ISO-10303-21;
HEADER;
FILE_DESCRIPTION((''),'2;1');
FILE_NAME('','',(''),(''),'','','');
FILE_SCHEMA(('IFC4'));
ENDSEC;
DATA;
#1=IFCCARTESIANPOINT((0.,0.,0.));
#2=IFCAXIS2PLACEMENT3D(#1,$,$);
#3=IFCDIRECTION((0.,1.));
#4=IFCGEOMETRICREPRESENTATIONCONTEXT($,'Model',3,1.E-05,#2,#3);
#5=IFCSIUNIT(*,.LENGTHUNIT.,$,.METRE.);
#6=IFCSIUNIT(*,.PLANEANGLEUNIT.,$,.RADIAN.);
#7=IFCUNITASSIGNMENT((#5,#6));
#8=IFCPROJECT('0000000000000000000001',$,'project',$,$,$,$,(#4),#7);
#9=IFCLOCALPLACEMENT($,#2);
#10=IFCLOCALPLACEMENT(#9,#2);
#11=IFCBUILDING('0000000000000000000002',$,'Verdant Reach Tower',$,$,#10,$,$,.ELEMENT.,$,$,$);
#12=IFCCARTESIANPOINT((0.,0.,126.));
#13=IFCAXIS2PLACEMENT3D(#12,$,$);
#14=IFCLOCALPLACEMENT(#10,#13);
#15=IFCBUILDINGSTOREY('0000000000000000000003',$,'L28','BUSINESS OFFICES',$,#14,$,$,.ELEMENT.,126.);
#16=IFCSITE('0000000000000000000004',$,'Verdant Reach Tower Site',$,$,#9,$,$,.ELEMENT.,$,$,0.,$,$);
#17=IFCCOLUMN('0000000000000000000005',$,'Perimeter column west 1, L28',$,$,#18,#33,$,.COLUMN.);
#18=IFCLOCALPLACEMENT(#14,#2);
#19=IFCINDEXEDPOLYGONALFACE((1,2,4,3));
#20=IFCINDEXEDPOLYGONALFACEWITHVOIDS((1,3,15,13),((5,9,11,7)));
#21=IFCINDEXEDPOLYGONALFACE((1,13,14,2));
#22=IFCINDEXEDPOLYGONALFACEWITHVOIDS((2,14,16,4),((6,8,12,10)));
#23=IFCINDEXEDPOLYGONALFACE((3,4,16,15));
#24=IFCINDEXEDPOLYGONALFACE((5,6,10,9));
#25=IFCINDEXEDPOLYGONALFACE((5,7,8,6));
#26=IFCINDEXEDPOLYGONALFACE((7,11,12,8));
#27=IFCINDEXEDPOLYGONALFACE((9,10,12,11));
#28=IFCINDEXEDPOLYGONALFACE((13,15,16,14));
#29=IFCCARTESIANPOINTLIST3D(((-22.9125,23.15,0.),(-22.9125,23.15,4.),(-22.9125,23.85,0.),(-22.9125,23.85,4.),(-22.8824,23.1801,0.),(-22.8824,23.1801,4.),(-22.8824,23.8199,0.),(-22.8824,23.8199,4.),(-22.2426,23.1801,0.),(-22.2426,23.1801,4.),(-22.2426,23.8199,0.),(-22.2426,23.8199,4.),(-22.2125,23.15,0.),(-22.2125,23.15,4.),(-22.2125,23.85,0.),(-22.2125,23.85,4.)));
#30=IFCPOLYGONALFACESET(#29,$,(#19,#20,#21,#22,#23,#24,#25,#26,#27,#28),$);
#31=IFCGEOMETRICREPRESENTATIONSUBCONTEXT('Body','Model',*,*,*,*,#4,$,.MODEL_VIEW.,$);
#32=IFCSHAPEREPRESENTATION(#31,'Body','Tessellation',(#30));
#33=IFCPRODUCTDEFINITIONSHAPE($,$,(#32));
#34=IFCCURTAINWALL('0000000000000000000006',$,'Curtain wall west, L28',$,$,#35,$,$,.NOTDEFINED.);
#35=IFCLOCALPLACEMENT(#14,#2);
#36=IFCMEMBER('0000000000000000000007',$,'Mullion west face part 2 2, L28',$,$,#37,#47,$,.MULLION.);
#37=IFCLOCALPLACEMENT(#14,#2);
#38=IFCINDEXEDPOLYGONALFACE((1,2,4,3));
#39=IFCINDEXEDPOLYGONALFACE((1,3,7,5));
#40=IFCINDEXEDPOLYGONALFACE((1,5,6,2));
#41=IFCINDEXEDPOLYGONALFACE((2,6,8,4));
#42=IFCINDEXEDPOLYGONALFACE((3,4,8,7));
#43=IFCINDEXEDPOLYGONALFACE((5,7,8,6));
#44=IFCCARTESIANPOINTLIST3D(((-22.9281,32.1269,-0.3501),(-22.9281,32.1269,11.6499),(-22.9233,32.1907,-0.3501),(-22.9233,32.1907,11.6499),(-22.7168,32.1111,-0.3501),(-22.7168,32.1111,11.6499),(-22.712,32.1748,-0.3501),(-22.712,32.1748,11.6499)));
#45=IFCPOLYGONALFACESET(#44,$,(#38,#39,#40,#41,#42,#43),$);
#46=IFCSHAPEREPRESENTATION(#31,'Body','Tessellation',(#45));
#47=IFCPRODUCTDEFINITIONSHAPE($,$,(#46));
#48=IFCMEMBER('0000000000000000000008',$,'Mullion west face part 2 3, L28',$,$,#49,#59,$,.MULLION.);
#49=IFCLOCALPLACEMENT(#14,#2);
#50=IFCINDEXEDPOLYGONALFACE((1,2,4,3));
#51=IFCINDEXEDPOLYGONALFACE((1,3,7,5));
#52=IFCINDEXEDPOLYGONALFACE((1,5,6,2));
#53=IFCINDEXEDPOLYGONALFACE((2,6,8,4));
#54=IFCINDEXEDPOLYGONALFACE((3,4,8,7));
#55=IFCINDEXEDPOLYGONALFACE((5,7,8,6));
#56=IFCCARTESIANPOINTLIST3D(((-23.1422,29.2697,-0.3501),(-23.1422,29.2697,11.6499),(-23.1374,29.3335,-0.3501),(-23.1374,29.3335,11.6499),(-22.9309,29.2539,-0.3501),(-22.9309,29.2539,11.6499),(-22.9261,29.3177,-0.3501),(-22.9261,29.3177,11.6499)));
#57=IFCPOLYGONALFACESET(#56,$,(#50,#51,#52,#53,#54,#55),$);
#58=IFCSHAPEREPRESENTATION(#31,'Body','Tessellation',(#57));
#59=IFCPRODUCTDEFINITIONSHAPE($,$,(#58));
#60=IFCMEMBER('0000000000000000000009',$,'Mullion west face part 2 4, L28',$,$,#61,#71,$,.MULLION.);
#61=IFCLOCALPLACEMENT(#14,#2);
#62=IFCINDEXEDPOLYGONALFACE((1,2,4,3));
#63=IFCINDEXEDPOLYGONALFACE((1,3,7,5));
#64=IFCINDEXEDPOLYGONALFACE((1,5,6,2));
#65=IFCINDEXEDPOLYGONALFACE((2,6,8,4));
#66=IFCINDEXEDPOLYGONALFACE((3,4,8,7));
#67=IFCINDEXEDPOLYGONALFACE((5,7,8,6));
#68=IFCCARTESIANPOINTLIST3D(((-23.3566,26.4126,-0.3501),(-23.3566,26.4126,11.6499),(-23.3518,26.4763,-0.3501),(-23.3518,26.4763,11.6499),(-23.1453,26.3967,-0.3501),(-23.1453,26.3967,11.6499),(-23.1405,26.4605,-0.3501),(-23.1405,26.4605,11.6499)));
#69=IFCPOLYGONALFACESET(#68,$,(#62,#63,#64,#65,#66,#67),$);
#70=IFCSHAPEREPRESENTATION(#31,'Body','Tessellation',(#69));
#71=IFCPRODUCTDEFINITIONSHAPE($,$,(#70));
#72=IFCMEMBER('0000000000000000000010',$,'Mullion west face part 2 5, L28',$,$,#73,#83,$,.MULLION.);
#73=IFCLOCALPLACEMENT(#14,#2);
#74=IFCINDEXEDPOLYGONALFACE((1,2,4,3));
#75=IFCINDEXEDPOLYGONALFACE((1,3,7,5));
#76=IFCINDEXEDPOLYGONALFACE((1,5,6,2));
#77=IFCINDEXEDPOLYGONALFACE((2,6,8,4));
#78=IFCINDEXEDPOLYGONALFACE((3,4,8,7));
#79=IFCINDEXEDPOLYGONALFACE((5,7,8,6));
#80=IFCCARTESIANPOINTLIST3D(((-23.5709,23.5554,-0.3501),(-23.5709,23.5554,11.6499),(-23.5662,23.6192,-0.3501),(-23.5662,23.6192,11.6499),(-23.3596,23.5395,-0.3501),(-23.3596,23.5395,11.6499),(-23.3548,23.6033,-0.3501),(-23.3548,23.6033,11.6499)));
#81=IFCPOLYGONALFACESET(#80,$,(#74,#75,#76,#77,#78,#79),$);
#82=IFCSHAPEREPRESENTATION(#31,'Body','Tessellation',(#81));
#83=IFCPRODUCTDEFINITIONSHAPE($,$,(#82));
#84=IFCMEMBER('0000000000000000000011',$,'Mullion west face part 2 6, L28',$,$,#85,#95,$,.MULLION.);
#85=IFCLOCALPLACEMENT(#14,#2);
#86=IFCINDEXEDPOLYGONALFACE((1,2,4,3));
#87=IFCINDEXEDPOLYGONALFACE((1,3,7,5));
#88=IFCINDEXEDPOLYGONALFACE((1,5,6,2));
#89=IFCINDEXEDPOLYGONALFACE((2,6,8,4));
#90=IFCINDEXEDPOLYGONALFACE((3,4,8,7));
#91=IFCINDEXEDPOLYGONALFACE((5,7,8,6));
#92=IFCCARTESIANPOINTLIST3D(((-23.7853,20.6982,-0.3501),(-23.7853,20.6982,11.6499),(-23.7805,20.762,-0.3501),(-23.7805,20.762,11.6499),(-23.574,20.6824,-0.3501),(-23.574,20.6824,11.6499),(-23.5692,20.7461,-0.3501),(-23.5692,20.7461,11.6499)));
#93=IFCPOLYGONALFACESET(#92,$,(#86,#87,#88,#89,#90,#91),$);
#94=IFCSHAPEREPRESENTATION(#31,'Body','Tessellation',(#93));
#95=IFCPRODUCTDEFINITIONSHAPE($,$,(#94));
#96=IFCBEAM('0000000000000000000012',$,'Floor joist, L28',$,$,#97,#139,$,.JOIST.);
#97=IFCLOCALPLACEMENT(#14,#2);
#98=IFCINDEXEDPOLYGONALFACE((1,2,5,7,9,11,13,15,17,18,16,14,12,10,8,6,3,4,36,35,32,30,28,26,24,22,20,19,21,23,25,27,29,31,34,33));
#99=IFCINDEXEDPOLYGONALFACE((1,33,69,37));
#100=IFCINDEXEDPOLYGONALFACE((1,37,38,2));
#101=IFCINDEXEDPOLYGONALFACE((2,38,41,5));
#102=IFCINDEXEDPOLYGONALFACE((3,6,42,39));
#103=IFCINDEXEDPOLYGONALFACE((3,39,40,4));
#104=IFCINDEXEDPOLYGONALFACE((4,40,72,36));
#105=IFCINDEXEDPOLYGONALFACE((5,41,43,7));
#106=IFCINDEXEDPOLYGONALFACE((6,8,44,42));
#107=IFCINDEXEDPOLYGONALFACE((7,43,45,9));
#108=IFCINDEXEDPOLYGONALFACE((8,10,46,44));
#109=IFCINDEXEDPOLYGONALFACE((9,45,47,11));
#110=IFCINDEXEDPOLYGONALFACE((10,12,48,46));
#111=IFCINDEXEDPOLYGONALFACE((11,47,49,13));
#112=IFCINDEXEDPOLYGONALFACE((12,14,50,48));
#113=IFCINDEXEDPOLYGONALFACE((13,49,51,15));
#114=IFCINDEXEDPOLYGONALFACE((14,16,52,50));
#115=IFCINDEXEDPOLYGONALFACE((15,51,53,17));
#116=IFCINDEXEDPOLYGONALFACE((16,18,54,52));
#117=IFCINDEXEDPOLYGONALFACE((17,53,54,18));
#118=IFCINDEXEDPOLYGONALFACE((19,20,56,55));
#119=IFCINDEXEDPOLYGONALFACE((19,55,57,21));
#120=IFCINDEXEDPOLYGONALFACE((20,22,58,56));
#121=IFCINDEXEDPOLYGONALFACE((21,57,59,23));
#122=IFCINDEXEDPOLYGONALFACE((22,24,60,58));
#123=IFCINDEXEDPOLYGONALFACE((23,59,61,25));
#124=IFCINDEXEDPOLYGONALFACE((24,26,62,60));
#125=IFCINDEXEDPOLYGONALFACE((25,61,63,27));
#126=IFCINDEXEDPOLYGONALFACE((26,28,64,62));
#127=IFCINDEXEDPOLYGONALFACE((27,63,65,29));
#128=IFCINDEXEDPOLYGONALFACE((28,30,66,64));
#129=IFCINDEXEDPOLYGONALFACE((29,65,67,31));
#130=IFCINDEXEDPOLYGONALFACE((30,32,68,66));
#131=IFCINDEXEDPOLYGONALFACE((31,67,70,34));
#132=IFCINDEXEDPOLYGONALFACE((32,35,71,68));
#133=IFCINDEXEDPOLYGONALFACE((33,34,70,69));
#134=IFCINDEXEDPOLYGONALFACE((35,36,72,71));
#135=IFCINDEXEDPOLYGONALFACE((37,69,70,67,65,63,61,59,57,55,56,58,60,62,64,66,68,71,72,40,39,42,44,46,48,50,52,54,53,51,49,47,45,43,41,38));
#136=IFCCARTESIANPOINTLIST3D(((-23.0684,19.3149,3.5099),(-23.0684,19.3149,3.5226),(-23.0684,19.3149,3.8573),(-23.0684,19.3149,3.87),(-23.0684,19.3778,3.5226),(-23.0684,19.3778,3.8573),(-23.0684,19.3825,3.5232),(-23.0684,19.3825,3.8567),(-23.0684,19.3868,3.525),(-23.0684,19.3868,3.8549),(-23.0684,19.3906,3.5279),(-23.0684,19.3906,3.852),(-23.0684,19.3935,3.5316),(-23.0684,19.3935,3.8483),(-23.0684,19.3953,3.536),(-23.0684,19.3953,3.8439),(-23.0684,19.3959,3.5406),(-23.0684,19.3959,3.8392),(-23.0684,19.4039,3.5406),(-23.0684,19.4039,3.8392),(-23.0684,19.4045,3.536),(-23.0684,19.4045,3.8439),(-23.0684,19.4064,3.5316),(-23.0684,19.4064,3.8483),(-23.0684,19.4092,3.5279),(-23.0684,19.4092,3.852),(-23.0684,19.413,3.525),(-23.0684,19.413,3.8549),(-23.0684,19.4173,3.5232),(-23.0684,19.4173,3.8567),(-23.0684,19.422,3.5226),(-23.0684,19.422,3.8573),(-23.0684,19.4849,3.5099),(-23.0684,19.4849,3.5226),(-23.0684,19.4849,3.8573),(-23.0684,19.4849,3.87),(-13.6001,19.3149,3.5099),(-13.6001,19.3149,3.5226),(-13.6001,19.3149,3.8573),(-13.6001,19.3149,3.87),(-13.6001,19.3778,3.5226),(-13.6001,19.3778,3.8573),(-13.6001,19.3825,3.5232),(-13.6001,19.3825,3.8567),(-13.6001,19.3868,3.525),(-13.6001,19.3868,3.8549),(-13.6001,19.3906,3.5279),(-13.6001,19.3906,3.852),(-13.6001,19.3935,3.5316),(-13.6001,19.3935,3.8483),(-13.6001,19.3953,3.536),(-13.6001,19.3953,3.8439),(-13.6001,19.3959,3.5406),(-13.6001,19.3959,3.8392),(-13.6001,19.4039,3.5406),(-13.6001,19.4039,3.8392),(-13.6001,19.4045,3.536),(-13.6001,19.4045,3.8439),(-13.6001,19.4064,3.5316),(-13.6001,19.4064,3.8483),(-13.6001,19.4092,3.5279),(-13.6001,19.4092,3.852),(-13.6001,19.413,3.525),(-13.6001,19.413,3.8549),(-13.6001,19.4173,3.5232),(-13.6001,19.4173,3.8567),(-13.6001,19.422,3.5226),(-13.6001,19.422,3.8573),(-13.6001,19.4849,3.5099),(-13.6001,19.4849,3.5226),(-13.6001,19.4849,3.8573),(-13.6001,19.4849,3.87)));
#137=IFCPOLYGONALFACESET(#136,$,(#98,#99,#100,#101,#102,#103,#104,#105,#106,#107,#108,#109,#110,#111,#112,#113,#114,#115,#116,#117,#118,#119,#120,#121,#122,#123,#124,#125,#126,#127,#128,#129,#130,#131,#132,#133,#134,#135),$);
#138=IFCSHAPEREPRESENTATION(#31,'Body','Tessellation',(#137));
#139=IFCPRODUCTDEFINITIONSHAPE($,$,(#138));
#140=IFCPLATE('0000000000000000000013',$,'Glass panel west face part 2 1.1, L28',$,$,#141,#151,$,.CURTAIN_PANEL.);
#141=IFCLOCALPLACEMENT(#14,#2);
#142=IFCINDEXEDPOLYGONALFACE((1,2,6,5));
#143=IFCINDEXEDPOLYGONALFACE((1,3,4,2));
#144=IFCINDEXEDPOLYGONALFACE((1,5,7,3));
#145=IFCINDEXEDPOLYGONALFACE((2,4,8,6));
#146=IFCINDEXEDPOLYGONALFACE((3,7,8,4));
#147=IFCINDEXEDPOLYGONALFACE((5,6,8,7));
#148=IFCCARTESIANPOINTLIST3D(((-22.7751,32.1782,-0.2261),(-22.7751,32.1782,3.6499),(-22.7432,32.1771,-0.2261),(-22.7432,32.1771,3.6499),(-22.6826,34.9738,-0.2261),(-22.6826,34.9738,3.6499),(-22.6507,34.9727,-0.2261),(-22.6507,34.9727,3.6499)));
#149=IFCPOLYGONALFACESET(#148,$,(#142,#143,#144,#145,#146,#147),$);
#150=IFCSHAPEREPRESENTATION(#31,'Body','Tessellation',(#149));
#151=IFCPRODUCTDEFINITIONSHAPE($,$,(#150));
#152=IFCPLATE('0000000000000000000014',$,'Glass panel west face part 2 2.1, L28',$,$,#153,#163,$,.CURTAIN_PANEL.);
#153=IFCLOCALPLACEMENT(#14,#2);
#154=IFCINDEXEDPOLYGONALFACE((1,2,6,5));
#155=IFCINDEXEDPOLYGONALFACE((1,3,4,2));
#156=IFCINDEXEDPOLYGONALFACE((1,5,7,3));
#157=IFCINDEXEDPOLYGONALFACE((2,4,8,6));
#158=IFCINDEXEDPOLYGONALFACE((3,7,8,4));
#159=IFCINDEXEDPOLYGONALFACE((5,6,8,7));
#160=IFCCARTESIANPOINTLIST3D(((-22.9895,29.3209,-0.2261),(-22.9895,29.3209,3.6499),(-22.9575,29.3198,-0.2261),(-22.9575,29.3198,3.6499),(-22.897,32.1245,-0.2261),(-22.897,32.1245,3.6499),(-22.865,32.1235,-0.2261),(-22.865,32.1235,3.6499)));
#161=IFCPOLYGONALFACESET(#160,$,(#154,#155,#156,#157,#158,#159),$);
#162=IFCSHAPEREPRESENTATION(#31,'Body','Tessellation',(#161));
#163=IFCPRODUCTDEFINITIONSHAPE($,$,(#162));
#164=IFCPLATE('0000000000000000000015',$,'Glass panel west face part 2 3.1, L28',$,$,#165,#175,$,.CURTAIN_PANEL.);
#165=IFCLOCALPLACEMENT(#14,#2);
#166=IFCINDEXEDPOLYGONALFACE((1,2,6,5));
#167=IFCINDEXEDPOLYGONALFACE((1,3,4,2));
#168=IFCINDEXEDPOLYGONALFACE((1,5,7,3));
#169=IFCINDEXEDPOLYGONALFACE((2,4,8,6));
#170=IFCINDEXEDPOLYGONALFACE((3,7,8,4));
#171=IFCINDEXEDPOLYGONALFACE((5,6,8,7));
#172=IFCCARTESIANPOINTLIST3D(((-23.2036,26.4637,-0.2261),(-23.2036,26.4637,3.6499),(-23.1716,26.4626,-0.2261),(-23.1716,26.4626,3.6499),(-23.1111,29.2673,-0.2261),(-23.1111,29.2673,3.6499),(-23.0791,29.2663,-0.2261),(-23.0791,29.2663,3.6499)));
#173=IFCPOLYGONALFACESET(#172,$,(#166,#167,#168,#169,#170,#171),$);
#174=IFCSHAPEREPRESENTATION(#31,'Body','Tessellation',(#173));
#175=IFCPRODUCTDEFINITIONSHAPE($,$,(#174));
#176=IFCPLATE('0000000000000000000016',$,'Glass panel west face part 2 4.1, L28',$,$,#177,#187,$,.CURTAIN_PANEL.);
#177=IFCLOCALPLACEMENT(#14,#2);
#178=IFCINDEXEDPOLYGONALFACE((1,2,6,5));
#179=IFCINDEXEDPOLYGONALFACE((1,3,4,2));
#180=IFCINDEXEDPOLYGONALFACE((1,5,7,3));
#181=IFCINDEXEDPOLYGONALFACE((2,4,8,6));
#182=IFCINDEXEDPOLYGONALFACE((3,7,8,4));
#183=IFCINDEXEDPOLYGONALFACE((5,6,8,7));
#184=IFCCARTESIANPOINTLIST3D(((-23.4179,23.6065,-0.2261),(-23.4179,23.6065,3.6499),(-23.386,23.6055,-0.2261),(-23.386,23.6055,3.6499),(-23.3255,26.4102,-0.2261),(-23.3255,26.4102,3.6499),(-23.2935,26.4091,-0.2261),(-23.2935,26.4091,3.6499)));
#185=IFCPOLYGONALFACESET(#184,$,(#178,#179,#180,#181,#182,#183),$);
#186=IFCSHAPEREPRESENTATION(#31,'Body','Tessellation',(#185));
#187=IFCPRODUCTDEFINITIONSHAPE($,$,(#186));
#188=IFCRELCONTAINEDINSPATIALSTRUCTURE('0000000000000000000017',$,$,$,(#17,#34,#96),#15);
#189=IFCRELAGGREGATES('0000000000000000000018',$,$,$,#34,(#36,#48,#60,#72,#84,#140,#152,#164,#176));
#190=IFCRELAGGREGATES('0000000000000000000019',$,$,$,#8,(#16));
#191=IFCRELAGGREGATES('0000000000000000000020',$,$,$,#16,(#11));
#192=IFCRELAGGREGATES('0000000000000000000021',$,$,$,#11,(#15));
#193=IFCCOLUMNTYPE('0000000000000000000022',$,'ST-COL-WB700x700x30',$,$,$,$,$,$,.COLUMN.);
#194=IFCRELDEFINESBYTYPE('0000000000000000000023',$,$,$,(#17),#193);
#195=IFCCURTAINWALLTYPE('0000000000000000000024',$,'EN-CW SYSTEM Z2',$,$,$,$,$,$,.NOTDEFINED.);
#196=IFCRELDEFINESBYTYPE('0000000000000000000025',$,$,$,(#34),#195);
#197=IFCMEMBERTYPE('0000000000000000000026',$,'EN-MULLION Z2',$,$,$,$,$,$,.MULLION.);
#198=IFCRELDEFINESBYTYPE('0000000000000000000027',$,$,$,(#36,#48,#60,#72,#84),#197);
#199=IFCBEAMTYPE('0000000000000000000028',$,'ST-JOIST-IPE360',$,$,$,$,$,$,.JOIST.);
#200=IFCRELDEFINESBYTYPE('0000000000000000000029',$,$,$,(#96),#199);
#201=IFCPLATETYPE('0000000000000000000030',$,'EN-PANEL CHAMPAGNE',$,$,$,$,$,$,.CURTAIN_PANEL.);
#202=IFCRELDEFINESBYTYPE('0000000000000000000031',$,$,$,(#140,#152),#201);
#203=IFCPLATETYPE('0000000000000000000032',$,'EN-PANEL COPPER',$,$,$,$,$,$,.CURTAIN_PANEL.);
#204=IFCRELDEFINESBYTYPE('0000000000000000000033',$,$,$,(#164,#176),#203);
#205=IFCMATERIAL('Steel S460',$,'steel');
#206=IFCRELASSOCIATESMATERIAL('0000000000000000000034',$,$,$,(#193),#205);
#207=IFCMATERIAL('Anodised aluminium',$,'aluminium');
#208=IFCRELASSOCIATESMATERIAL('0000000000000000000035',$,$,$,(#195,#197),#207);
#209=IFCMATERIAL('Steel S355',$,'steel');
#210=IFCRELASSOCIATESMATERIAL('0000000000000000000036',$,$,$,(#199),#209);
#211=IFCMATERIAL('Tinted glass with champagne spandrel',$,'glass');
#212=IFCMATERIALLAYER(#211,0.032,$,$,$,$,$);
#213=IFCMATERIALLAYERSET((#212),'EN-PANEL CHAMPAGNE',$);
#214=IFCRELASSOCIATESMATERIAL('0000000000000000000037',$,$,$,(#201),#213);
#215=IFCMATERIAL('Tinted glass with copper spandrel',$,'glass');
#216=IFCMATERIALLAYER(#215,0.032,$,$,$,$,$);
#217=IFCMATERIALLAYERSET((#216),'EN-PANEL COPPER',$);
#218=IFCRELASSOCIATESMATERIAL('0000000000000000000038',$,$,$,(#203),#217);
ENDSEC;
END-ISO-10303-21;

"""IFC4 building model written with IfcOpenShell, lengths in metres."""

from ifc_helpers import new_model, si_unit, direction, frame, origin, origin_2d, place, context, subcontext, project, spatial, rectangle, hollow_rectangle, i_section, extrude, material, layer, layer_set, material_profile, profile_set, type_object, element, aggregate, save


model = new_model("IFC4")

# Units and contexts
model_context = context("Model", 3, precision=1e-05, world=origin(), true_north=direction((0.0, 1.0)))
body_context = subcontext(model_context, "Body", "Model", "MODEL_VIEW")
ifc_project = project(units=[si_unit("LENGTHUNIT", "METRE"), si_unit("PLANEANGLEUNIT", "RADIAN")], contexts=[model_context])

# Site, building, storey
site_placement = place(None, origin())
site = spatial("IfcSite", under=ifc_project, at=site_placement, Name="Verdant Reach Tower Site", CompositionType="ELEMENT", RefElevation=0.0)
building_placement = place(site_placement, origin())
building = spatial("IfcBuilding", under=site, at=building_placement, Name="Verdant Reach Tower", CompositionType="ELEMENT")
storey_placement = place(building_placement, frame((0.0, 0.0, 126.0)))
storey = spatial("IfcBuildingStorey", under=building, at=storey_placement, Name="L28", Description="BUSINESS OFFICES", CompositionType="ELEMENT", Elevation=126.0)

# Column
ifc_material_1 = material(Name="Steel S460", Category="steel")
ifc_material_profile_1 = material_profile(ifc_material_1, hollow_rectangle(XDim=0.7, YDim=0.7, WallThickness=0.03, at=origin_2d()), Name="WB 700x700x30")
ifc_profile_set_1 = profile_set([ifc_material_profile_1], Name="Steel S460")
column_type = type_object("IfcColumnType", Name="ST-COL-WB700x700x30", PredefinedType="COLUMN", material=ifc_profile_set_1)
column_placement = place(storey_placement, frame((-22.5625, 23.5, 0.0), z_axis=(0.0, 0.0, 1.0), x_axis=(1.0, 0.0, 0.0)))
element("IfcColumn", 1, at=column_placement, inside=storey, type_object=column_type, Name="Perimeter column west 1, L28", PredefinedType="COLUMN", context=body_context, shape_type="SweptSolid", body=[
    extrude(hollow_rectangle(XDim=0.7, YDim=0.7, WallThickness=0.03, at=origin_2d()), origin(), (0.0, 0.0, 1.0), 4.0),
])

# Curtain wall, members
ifc_material_2 = material(Name="Anodised aluminium", Category="aluminium")
curtain_wall_type = type_object("IfcCurtainWallType", Name="EN-CW SYSTEM Z2", PredefinedType="NOTDEFINED", material=ifc_material_2)
curtain_wall_placement = place(storey_placement, origin())
curtain_wall = element("IfcCurtainWall", 2, at=curtain_wall_placement, inside=storey, type_object=curtain_wall_type, Name="Curtain wall west, L28", PredefinedType="NOTDEFINED")
ifc_material_profile_2 = material_profile(ifc_material_2, rectangle(XDim=0.2119, YDim=0.064, at=origin_2d()), Name="Mullion 64x212")
ifc_profile_set_2 = profile_set([ifc_material_profile_2], Name="Anodised aluminium")
member_type = type_object("IfcMemberType", Name="EN-MULLION Z2", PredefinedType="MULLION", material=ifc_profile_set_2)
member_1_placement = place(storey_placement, frame((-22.8201, 32.1509, -0.3501), z_axis=(0.0, 0.0, 1.0), x_axis=(-0.997199, 0.07479, 0.0)))
member_1 = element("IfcMember", 3, at=member_1_placement, type_object=member_type, Name="Mullion west face part 2 2, L28", PredefinedType="MULLION", context=body_context, shape_type="SweptSolid", body=[
    extrude(rectangle(XDim=0.2119, YDim=0.064, at=origin_2d()), origin(), (0.0, 0.0, 1.0), 12.0),
])
member_2_placement = place(storey_placement, frame((-23.0342, 29.2937, -0.3501), z_axis=(0.0, 0.0, 1.0), x_axis=(-0.997199, 0.07479, 0.0)))
member_2 = element("IfcMember", 4, at=member_2_placement, type_object=member_type, Name="Mullion west face part 2 3, L28", PredefinedType="MULLION", context=body_context, shape_type="SweptSolid", body=[
    extrude(rectangle(XDim=0.2119, YDim=0.064, at=origin_2d()), origin(), (0.0, 0.0, 1.0), 12.0),
])
member_3_placement = place(storey_placement, frame((-23.2485, 26.4365, -0.3501), z_axis=(0.0, 0.0, 1.0), x_axis=(-0.997199, 0.07479, 0.0)))
member_3 = element("IfcMember", 5, at=member_3_placement, type_object=member_type, Name="Mullion west face part 2 4, L28", PredefinedType="MULLION", context=body_context, shape_type="SweptSolid", body=[
    extrude(rectangle(XDim=0.2119, YDim=0.064, at=origin_2d()), origin(), (0.0, 0.0, 1.0), 12.0),
])
member_4_placement = place(storey_placement, frame((-23.4629, 23.5793, -0.3501), z_axis=(0.0, 0.0, 1.0), x_axis=(-0.997199, 0.07479, 0.0)))
member_4 = element("IfcMember", 6, at=member_4_placement, type_object=member_type, Name="Mullion west face part 2 5, L28", PredefinedType="MULLION", context=body_context, shape_type="SweptSolid", body=[
    extrude(rectangle(XDim=0.2119, YDim=0.064, at=origin_2d()), origin(), (0.0, 0.0, 1.0), 12.0),
])
member_5_placement = place(storey_placement, frame((-23.6772, 20.7222, -0.3501), z_axis=(0.0, 0.0, 1.0), x_axis=(-0.997199, 0.07479, 0.0)))
member_5 = element("IfcMember", 7, at=member_5_placement, type_object=member_type, Name="Mullion west face part 2 6, L28", PredefinedType="MULLION", context=body_context, shape_type="SweptSolid", body=[
    extrude(rectangle(XDim=0.2119, YDim=0.064, at=origin_2d()), origin(), (0.0, 0.0, 1.0), 12.0),
])

# Beam
ifc_material_3 = material(Name="Steel S355", Category="steel")
ifc_material_profile_3 = material_profile(ifc_material_3, i_section(OverallWidth=0.1699, OverallDepth=0.3601, WebThickness=0.0081, FlangeThickness=0.0127, FilletRadius=0.0181, at=origin_2d()), Name="IPE 360")
ifc_profile_set_3 = profile_set([ifc_material_profile_3], Name="Steel S355")
beam_type = type_object("IfcBeamType", Name="ST-JOIST-IPE360", PredefinedType="JOIST", material=ifc_profile_set_3)
beam_placement = place(storey_placement, frame((-13.6001, 19.3999, 3.6899), z_axis=(-1.0, 0.0, 0.0), x_axis=(0.0, -1.0, 0.0)))
element("IfcBeam", 8, at=beam_placement, inside=storey, type_object=beam_type, Name="Floor joist, L28", PredefinedType="JOIST", context=body_context, shape_type="SweptSolid", body=[
    extrude(i_section(OverallWidth=0.1699, OverallDepth=0.3601, WebThickness=0.0081, FlangeThickness=0.0127, FilletRadius=0.0181, at=origin_2d()), origin(), (0.0, 0.0, 1.0), 9.4683),
])

# Plates
ifc_material_4 = material(Name="Tinted glass with champagne spandrel", Category="glass")
ifc_layer_1 = layer(ifc_material_4, 0.032)
ifc_layer_set_1 = layer_set([ifc_layer_1], Name="EN-PANEL CHAMPAGNE")
plate_type_1 = type_object("IfcPlateType", Name="EN-PANEL CHAMPAGNE", PredefinedType="CURTAIN_PANEL", material=ifc_layer_set_1)
plate_1_placement = place(storey_placement, frame((-22.7129, 33.5754, -0.2261), z_axis=(0.0, 0.0, 1.0), x_axis=(-0.03307, -0.999453, 0.0)))
plate_1 = element("IfcPlate", 9, at=plate_1_placement, type_object=plate_type_1, Name="Glass panel west face part 2 1.1, L28", PredefinedType="CURTAIN_PANEL", context=body_context, shape_type="SweptSolid", body=[
    extrude(rectangle(XDim=2.7971, YDim=0.032, at=origin_2d()), origin(), (0.0, 0.0, 1.0), 3.876),
])
plate_2_placement = place(storey_placement, frame((-22.9272, 30.7222, -0.2261), z_axis=(0.0, 0.0, 1.0), x_axis=(-0.032966, -0.999456, 0.0)))
plate_2 = element("IfcPlate", 10, at=plate_2_placement, type_object=plate_type_1, Name="Glass panel west face part 2 2.1, L28", PredefinedType="CURTAIN_PANEL", context=body_context, shape_type="SweptSolid", body=[
    extrude(rectangle(XDim=2.8052, YDim=0.032, at=origin_2d()), origin(), (0.0, 0.0, 1.0), 3.876),
])
ifc_material_5 = material(Name="Tinted glass with copper spandrel", Category="glass")
ifc_layer_2 = layer(ifc_material_5, 0.032)
ifc_layer_set_2 = layer_set([ifc_layer_2], Name="EN-PANEL COPPER")
plate_type_2 = type_object("IfcPlateType", Name="EN-PANEL COPPER", PredefinedType="CURTAIN_PANEL", material=ifc_layer_set_2)
plate_3_placement = place(storey_placement, frame((-23.1414, 27.865, -0.2261), z_axis=(0.0, 0.0, 1.0), x_axis=(-0.032966, -0.999456, 0.0)))
plate_3 = element("IfcPlate", 11, at=plate_3_placement, type_object=plate_type_2, Name="Glass panel west face part 2 3.1, L28", PredefinedType="CURTAIN_PANEL", context=body_context, shape_type="SweptSolid", body=[
    extrude(rectangle(XDim=2.8052, YDim=0.032, at=origin_2d()), origin(), (0.0, 0.0, 1.0), 3.876),
])
plate_4_placement = place(storey_placement, frame((-23.3557, 25.0078, -0.2261), z_axis=(0.0, 0.0, 1.0), x_axis=(-0.032966, -0.999456, 0.0)))
plate_4 = element("IfcPlate", 12, at=plate_4_placement, type_object=plate_type_2, Name="Glass panel west face part 2 4.1, L28", PredefinedType="CURTAIN_PANEL", context=body_context, shape_type="SweptSolid", body=[
    extrude(rectangle(XDim=2.8052, YDim=0.032, at=origin_2d()), origin(), (0.0, 0.0, 1.0), 3.876),
])
aggregate(curtain_wall, [member_1, member_2, member_3, member_4, member_5, plate_1, plate_2, plate_3, plate_4])

save(model, "model.ifc")
